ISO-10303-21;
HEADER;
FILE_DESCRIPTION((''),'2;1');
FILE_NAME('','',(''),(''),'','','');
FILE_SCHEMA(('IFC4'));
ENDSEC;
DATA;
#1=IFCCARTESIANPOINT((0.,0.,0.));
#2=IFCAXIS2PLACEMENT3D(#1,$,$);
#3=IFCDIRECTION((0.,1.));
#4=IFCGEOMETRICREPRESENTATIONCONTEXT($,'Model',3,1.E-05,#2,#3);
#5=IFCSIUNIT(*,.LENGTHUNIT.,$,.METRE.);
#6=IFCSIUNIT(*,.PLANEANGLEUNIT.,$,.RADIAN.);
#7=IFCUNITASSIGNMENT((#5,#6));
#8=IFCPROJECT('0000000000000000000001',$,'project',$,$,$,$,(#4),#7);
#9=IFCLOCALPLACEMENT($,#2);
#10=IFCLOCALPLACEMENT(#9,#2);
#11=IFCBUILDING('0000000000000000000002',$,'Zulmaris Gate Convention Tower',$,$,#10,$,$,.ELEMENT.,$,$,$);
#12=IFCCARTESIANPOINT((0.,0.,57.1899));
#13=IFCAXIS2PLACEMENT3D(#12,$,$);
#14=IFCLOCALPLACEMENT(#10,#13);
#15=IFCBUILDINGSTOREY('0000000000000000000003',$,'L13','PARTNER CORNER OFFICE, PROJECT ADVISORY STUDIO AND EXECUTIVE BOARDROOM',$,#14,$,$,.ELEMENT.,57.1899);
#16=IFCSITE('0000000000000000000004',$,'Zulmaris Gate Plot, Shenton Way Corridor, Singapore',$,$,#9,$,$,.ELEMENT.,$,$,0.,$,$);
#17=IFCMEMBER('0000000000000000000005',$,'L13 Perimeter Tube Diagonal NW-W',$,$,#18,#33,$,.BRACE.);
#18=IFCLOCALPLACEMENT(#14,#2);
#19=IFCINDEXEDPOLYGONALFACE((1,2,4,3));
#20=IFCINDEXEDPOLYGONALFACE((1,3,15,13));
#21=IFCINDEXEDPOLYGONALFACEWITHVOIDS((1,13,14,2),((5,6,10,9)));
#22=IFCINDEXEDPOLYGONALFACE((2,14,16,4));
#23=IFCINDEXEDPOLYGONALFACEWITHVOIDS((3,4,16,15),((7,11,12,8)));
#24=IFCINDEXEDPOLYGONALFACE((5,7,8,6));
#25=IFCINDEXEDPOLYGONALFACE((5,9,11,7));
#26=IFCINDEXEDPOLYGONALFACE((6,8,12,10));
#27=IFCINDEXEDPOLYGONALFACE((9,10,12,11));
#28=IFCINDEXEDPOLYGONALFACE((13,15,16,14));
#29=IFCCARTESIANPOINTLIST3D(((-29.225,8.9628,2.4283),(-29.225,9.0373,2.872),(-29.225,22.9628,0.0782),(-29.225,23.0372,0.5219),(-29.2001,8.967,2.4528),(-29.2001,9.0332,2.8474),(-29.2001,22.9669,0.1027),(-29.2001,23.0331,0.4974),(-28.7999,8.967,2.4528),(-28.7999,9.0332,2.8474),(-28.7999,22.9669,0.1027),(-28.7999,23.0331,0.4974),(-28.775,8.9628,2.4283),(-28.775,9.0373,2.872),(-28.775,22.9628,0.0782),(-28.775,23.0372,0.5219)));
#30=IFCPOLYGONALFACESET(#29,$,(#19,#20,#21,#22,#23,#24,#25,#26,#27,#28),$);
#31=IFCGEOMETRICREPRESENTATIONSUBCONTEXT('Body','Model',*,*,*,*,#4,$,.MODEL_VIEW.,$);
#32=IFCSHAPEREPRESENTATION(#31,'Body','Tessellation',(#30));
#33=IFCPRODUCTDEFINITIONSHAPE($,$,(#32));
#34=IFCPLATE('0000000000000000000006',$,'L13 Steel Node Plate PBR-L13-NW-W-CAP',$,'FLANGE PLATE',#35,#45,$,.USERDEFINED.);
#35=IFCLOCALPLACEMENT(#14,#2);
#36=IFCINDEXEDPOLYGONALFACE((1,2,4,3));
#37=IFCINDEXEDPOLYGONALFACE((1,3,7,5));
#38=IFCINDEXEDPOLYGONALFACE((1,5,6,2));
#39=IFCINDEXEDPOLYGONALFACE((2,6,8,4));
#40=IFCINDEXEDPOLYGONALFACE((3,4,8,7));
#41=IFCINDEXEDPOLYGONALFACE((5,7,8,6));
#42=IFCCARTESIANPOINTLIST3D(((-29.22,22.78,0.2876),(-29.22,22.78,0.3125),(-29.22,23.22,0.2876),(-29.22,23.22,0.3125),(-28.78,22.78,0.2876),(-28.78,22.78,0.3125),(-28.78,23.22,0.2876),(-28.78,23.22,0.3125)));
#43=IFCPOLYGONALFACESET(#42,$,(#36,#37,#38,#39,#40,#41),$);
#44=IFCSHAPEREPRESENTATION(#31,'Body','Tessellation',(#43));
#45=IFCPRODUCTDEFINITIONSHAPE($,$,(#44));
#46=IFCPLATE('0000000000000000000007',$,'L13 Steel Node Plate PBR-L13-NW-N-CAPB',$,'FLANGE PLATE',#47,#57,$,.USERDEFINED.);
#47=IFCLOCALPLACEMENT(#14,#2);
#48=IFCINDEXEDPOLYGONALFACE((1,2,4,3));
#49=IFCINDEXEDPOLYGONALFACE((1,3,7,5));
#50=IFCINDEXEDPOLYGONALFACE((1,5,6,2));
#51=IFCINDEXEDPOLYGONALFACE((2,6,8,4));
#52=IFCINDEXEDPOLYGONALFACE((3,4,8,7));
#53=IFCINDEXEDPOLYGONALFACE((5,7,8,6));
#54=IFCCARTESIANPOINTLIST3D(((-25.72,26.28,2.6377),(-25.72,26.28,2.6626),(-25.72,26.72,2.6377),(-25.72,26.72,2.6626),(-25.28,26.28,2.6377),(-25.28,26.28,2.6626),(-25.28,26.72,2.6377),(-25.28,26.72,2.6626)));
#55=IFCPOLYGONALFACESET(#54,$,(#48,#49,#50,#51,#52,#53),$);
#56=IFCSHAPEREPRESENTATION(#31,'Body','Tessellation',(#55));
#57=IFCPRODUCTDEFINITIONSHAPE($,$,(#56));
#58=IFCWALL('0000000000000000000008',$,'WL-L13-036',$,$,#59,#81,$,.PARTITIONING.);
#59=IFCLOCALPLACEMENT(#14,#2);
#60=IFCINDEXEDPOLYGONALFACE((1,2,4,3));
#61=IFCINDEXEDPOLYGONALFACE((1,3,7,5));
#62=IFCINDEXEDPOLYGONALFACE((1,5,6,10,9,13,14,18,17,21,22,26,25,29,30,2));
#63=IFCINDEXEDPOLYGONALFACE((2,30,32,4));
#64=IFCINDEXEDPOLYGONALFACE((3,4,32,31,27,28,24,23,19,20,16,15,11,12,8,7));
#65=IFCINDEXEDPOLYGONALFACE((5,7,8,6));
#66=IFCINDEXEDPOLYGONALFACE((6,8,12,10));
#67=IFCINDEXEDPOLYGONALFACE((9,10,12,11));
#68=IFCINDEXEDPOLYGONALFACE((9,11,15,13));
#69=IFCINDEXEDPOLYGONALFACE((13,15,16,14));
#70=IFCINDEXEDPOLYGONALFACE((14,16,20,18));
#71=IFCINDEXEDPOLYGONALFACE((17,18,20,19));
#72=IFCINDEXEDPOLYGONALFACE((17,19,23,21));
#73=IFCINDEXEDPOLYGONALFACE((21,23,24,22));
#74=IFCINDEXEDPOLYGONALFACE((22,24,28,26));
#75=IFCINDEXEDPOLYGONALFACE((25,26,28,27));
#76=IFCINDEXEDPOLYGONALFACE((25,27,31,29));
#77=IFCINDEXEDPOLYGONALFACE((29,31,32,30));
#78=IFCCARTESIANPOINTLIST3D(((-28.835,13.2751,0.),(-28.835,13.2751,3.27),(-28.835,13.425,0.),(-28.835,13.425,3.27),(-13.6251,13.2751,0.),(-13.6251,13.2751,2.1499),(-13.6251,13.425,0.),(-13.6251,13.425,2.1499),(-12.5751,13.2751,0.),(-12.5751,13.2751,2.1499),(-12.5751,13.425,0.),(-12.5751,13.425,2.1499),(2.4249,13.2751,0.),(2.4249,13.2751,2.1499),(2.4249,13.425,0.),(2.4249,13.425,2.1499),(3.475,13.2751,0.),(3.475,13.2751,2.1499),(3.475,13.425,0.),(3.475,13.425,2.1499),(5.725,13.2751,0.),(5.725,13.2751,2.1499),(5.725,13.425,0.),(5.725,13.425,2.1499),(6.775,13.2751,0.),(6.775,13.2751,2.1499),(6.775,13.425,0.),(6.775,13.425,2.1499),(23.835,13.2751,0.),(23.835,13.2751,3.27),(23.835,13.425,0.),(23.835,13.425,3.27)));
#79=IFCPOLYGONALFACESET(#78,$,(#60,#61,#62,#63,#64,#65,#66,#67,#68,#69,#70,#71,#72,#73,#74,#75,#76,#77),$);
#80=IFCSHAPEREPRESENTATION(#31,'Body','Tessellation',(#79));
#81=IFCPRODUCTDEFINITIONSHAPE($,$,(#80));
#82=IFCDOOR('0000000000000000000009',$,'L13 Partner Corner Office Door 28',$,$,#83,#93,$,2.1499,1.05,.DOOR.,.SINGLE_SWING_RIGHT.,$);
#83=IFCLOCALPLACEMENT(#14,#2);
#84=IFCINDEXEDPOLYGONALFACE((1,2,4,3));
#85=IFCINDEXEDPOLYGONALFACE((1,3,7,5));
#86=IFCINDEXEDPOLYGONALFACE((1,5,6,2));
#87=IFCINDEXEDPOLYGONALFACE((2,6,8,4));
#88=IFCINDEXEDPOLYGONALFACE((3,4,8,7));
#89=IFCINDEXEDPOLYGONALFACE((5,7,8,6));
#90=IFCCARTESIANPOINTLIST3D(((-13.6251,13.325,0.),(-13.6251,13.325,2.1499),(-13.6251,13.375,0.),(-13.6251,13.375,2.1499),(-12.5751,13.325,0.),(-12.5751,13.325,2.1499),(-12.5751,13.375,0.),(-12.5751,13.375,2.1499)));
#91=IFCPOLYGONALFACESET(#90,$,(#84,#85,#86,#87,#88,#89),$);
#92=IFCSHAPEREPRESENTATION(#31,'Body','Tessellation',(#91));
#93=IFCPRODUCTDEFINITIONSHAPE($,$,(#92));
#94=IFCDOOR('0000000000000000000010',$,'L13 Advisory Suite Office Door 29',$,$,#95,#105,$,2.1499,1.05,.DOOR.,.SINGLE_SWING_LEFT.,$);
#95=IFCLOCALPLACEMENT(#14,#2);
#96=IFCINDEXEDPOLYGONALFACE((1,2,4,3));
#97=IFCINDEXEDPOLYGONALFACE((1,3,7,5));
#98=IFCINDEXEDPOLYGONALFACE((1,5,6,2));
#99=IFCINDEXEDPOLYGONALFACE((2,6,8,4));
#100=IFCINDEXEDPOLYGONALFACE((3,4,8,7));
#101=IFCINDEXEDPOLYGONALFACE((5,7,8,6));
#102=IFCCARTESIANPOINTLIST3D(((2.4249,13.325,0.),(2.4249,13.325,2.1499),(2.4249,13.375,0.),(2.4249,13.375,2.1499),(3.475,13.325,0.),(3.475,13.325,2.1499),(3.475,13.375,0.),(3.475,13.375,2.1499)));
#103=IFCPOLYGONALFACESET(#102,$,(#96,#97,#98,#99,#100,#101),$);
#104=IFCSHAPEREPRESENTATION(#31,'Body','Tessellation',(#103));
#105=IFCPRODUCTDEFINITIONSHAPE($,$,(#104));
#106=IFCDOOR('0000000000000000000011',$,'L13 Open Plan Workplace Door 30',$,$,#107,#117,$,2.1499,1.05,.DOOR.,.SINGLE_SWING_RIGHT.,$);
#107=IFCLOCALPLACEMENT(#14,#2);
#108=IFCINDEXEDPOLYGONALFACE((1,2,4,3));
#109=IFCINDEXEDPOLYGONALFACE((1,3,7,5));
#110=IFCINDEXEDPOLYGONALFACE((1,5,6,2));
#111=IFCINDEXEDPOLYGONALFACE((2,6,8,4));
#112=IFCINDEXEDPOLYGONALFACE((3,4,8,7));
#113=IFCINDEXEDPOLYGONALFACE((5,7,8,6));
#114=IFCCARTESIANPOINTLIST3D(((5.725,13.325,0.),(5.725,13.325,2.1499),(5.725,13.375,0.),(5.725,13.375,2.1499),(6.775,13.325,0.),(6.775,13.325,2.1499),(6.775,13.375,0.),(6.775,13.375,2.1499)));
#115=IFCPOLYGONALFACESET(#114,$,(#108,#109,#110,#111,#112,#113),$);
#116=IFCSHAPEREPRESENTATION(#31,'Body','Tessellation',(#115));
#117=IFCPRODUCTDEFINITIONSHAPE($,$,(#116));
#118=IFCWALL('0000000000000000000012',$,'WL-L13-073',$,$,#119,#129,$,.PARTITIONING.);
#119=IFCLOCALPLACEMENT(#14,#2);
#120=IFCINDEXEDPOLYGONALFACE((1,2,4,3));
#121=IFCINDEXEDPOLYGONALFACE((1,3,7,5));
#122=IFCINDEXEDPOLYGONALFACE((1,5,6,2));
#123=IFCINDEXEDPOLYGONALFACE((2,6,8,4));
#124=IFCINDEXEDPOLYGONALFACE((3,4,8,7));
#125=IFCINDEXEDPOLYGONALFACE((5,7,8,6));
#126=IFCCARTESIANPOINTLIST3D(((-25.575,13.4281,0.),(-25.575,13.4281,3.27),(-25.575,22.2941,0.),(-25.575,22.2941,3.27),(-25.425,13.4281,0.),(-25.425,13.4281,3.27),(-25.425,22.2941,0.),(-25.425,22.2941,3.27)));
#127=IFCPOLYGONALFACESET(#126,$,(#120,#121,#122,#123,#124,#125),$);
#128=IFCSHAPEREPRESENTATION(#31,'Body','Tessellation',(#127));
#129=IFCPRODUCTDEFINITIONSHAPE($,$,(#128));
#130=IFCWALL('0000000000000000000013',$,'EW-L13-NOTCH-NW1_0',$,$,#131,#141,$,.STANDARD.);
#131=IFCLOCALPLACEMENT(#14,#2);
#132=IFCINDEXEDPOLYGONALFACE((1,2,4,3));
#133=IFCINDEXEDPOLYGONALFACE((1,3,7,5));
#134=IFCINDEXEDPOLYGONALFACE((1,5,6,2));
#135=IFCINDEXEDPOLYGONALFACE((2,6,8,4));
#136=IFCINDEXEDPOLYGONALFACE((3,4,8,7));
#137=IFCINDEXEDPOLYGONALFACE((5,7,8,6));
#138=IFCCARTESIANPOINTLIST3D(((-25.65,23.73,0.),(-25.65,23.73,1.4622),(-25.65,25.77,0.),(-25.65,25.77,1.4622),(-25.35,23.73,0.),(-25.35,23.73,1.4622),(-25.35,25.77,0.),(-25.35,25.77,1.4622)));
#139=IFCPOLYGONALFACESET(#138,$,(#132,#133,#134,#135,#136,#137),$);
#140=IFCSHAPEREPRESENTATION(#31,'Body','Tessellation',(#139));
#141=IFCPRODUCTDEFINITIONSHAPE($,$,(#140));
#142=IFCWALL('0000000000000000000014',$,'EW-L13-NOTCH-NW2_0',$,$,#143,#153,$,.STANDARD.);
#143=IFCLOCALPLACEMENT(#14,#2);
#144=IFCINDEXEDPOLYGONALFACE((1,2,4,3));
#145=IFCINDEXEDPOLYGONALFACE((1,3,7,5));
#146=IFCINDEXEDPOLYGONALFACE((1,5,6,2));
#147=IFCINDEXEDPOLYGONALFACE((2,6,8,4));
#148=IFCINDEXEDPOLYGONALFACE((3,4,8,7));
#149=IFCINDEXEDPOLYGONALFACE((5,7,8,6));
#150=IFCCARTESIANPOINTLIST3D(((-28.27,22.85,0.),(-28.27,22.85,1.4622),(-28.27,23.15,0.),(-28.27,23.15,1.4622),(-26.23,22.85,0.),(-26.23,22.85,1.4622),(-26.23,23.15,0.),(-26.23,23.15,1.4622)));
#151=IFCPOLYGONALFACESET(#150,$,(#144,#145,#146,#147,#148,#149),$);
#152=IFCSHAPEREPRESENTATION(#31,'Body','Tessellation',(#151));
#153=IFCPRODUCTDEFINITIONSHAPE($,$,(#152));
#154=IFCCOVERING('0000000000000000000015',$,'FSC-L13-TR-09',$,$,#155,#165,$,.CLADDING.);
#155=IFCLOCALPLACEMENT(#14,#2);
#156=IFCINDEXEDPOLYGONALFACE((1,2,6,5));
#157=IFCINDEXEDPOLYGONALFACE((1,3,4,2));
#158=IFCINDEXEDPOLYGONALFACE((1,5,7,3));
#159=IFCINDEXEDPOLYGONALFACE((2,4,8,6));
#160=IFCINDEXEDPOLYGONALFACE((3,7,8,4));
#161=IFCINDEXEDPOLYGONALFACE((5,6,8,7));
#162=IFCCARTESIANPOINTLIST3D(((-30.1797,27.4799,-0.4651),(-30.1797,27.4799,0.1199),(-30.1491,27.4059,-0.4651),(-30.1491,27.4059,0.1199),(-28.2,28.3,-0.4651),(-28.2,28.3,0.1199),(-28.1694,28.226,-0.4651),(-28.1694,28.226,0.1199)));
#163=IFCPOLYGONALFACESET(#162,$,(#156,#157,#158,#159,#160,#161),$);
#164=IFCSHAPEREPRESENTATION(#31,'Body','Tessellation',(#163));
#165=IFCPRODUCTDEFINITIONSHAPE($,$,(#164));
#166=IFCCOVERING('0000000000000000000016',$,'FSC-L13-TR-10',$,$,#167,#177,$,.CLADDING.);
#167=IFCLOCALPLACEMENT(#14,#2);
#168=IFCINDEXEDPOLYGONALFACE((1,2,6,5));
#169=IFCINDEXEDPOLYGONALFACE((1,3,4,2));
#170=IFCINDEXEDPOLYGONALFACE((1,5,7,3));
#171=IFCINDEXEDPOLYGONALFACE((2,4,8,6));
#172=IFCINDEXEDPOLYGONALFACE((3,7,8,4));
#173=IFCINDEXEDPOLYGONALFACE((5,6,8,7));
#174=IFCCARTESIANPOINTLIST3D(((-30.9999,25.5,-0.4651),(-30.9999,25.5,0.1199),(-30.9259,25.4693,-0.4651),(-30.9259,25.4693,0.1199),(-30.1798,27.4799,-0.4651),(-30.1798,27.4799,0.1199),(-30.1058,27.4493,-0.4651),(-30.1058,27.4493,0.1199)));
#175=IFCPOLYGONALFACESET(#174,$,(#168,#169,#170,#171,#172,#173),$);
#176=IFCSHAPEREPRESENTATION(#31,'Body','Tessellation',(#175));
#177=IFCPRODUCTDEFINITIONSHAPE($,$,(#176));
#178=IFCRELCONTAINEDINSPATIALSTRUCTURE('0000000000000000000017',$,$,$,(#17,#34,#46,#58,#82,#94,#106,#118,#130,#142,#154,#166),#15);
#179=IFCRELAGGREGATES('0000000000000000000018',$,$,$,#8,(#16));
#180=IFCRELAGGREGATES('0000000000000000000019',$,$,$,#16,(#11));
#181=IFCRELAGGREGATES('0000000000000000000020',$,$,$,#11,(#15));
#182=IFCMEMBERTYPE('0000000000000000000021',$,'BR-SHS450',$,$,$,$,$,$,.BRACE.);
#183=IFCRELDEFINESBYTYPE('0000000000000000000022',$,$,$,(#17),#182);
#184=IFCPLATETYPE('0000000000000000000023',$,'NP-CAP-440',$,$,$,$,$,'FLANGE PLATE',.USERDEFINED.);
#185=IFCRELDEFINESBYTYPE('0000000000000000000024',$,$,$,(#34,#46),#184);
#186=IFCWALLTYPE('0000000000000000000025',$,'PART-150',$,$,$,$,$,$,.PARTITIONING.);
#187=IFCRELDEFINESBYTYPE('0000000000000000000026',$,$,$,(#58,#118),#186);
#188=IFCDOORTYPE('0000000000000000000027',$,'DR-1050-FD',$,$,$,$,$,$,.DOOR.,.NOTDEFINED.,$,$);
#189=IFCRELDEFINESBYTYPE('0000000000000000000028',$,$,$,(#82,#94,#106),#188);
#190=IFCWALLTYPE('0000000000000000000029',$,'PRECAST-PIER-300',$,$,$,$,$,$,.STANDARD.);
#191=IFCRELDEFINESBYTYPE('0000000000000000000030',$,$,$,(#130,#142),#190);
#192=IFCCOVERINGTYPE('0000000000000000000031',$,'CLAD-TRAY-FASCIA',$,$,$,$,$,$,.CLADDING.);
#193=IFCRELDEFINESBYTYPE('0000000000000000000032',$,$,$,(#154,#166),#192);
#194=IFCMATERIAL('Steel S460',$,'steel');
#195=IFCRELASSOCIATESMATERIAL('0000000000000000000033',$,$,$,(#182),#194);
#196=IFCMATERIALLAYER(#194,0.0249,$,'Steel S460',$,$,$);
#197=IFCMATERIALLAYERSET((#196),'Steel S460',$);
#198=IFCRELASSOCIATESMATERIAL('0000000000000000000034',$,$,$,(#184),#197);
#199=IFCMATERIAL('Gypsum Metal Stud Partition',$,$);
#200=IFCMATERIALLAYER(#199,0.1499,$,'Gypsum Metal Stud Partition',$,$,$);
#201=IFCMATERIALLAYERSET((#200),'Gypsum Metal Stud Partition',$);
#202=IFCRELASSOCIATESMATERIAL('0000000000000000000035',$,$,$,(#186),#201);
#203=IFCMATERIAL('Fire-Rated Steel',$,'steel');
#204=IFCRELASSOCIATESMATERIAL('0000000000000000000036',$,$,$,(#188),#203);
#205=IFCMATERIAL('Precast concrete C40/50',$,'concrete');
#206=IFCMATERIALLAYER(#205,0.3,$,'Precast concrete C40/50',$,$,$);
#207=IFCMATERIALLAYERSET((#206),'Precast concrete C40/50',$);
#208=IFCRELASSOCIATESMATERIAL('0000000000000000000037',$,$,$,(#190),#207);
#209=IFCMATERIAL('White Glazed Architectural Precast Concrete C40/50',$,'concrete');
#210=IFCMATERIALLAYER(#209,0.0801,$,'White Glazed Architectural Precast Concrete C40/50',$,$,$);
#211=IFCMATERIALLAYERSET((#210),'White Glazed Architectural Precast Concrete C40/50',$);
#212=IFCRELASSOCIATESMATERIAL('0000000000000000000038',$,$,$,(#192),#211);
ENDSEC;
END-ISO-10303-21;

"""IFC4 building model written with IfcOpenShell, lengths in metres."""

from ifc_helpers import new_model, si_unit, direction, frame, frame_2d, origin, origin_2d, place, context, subcontext, project, spatial, rectangle, hollow_rectangle, extrude, material, layer, layer_set, material_profile, profile_set, type_object, element, fill, save


model = new_model("IFC4")

# Units and contexts
model_context = context("Model", 3, precision=1e-05, world=origin(), true_north=direction((0.0, 1.0)))
body_context = subcontext(model_context, "Body", "Model", "MODEL_VIEW")
ifc_project = project(units=[si_unit("LENGTHUNIT", "METRE"), si_unit("PLANEANGLEUNIT", "RADIAN")], contexts=[model_context])

# Site, building, storey
site_placement = place(None, origin())
site = spatial("IfcSite", under=ifc_project, at=site_placement, Name="Zulmaris Gate Plot, Shenton Way Corridor, Singapore", CompositionType="ELEMENT", RefElevation=0.0)
building_placement = place(site_placement, origin())
building = spatial("IfcBuilding", under=site, at=building_placement, Name="Zulmaris Gate Convention Tower", CompositionType="ELEMENT")
storey_placement = place(building_placement, frame((0.0, 0.0, 57.1899)))
storey = spatial("IfcBuildingStorey", under=building, at=storey_placement, Name="L13", Description="PARTNER CORNER OFFICE, PROJECT ADVISORY STUDIO AND EXECUTIVE BOARDROOM", CompositionType="ELEMENT", Elevation=57.1899)

# Member
ifc_material_1 = material(Name="Steel S460", Category="steel")
ifc_material_profile_1 = material_profile(ifc_material_1, hollow_rectangle(XDim=0.45, YDim=0.45, WallThickness=0.0249, at=origin_2d()), Name="SHS 450x450x25")
ifc_profile_set_1 = profile_set([ifc_material_profile_1], Name="Steel S460")
member_type = type_object("IfcMemberType", Name="BR-SHS450", PredefinedType="BRACE", material=ifc_profile_set_1)
member_placement = place(storey_placement, frame((-29.0, 23.0, 0.3), z_axis=(0.0, -0.986202, 0.165548), x_axis=(1.0, 0.0, 0.0)))
element("IfcMember", 1, at=member_placement, inside=storey, type_object=member_type, Name="L13 Perimeter Tube Diagonal NW-W", PredefinedType="BRACE", context=body_context, shape_type="SweptSolid", body=[
    extrude(hollow_rectangle(XDim=0.45, YDim=0.45, WallThickness=0.0249, at=origin_2d()), origin(), (0.0, 0.0, 1.0), 14.1958),
])

# Plates
ifc_layer_1 = layer(ifc_material_1, 0.0249, Name="Steel S460")
ifc_layer_set_1 = layer_set([ifc_layer_1], Name="Steel S460")
plate_type = type_object("IfcPlateType", Name="NP-CAP-440", ElementType="FLANGE PLATE", PredefinedType="USERDEFINED", material=ifc_layer_set_1)
for number, where, z_axis, x_axis, name in (
    (2, (-29.0, 23.0, 0.2876), (0.0, 0.0, 1.0), (1.0, 0.0, 0.0), "L13 Steel Node Plate PBR-L13-NW-W-CAP"),
    (3, (-25.5, 26.5, 2.6377), (0.0, 0.0, 1.0), (1.0, 0.0, 0.0), "L13 Steel Node Plate PBR-L13-NW-N-CAPB"),
):
    element("IfcPlate", number, at=place(storey_placement, frame(where, z_axis=z_axis, x_axis=x_axis)), inside=storey, type_object=plate_type, Name=name, ObjectType="FLANGE PLATE", PredefinedType="USERDEFINED", context=body_context, shape_type="SweptSolid", body=[
        extrude(rectangle(XDim=0.4399, YDim=0.4399, at=origin_2d()), origin(), (0.0, 0.0, 1.0), 0.0249),
    ])

# Shared definitions
ifc_material_2 = material(Name="Fire-Rated Steel", Category="steel")

# Wall, openings, doors
ifc_material_3 = material(Name="Gypsum Metal Stud Partition")
ifc_layer_2 = layer(ifc_material_3, 0.1499, Name="Gypsum Metal Stud Partition")
ifc_layer_set_2 = layer_set([ifc_layer_2], Name="Gypsum Metal Stud Partition")
wall_type_1 = type_object("IfcWallType", Name="PART-150", PredefinedType="PARTITIONING", material=ifc_layer_set_2)
wall_1_placement = place(storey_placement, frame((-28.835, 13.3501, 0.0), z_axis=(0.0, 0.0, 1.0), x_axis=(1.0, 0.0, 0.0)))
wall_1 = element("IfcWall", 4, at=wall_1_placement, inside=storey, type_object=wall_type_1, Name="WL-L13-036", PredefinedType="PARTITIONING", context=body_context, shape_type="SweptSolid", body=[
    extrude(rectangle(XDim=52.6699, YDim=0.1499, at=frame_2d((26.335, 0.0))), origin(), (0.0, 0.0, 1.0), 3.27),
])
opening_1_placement = place(wall_1_placement, frame((15.21, 0.0, 0.0)))
opening_1 = element("IfcOpeningElement", 5, at=opening_1_placement, cuts=wall_1, PredefinedType="OPENING", context=body_context, shape_type="SweptSolid", body=[
    extrude(rectangle(XDim=1.05, YDim=2.1499, at=frame_2d((0.5249, 1.075))), frame((0.0, 0.085, 0.0), z_axis=(0.0, -1.0, 0.0), x_axis=(1.0, 0.0, 0.0)), (0.0, 0.0, 1.0), 0.1699),
])
opening_2_placement = place(wall_1_placement, frame((31.26, 0.0, 0.0)))
opening_2 = element("IfcOpeningElement", 6, at=opening_2_placement, cuts=wall_1, PredefinedType="OPENING", context=body_context, shape_type="SweptSolid", body=[
    extrude(rectangle(XDim=1.05, YDim=2.1499, at=frame_2d((0.5249, 1.075))), frame((0.0, 0.085, 0.0), z_axis=(0.0, -1.0, 0.0), x_axis=(1.0, 0.0, 0.0)), (0.0, 0.0, 1.0), 0.1699),
])
opening_3_placement = place(wall_1_placement, frame((34.5601, 0.0, 0.0)))
opening_3 = element("IfcOpeningElement", 7, at=opening_3_placement, cuts=wall_1, PredefinedType="OPENING", context=body_context, shape_type="SweptSolid", body=[
    extrude(rectangle(XDim=1.05, YDim=2.1499, at=frame_2d((0.5249, 1.075))), frame((0.0, 0.085, 0.0), z_axis=(0.0, -1.0, 0.0), x_axis=(1.0, 0.0, 0.0)), (0.0, 0.0, 1.0), 0.1699),
])
door_type_1 = type_object("IfcDoorType", Name="DR-1050-FD", OperationType="NOTDEFINED", PredefinedType="DOOR", material=ifc_material_2)
door_1_placement = place(opening_1_placement, origin())
door_1 = element("IfcDoor", 8, at=door_1_placement, inside=storey, type_object=door_type_1, Name="L13 Partner Corner Office Door 28", OperationType="SINGLE_SWING_RIGHT", OverallHeight=2.1499, OverallWidth=1.05, PredefinedType="DOOR", context=body_context, shape_type="SweptSolid", body=[
    extrude(rectangle(XDim=1.05, YDim=2.1499, at=frame_2d((0.5249, 1.075))), frame((0.0, 0.0249, 0.0), z_axis=(0.0, -1.0, 0.0), x_axis=(1.0, 0.0, 0.0)), (0.0, 0.0, 1.0), 0.05),
])
fill(opening_1, door_1)
door_2_placement = place(opening_2_placement, origin())
door_2 = element("IfcDoor", 9, at=door_2_placement, inside=storey, type_object=door_type_1, Name="L13 Advisory Suite Office Door 29", OperationType="SINGLE_SWING_LEFT", OverallHeight=2.1499, OverallWidth=1.05, PredefinedType="DOOR", context=body_context, shape_type="SweptSolid", body=[
    extrude(rectangle(XDim=1.05, YDim=2.1499, at=frame_2d((0.5249, 1.075))), frame((0.0, 0.0249, 0.0), z_axis=(0.0, -1.0, 0.0), x_axis=(1.0, 0.0, 0.0)), (0.0, 0.0, 1.0), 0.05),
])
fill(opening_2, door_2)
door_3_placement = place(opening_3_placement, origin())
door_3 = element("IfcDoor", 10, at=door_3_placement, inside=storey, type_object=door_type_1, Name="L13 Open Plan Workplace Door 30", OperationType="SINGLE_SWING_RIGHT", OverallHeight=2.1499, OverallWidth=1.05, PredefinedType="DOOR", context=body_context, shape_type="SweptSolid", body=[
    extrude(rectangle(XDim=1.05, YDim=2.1499, at=frame_2d((0.5249, 1.075))), frame((0.0, 0.0249, 0.0), z_axis=(0.0, -1.0, 0.0), x_axis=(1.0, 0.0, 0.0)), (0.0, 0.0, 1.0), 0.05),
])
fill(opening_3, door_3)

# Wall
wall_2_placement = place(storey_placement, frame((-25.5, 13.428, 0.0), z_axis=(0.0, 0.0, 1.0), x_axis=(0.0, 1.0, 0.0)))
element("IfcWall", 11, at=wall_2_placement, inside=storey, type_object=wall_type_1, Name="WL-L13-073", PredefinedType="PARTITIONING", context=body_context, shape_type="SweptSolid", body=[
    extrude(rectangle(XDim=8.866, YDim=0.1499, at=frame_2d((4.4331, 0.0))), origin(), (0.0, 0.0, 1.0), 3.27),
])

# Walls
ifc_material_4 = material(Name="Precast concrete C40/50", Category="concrete")
ifc_layer_3 = layer(ifc_material_4, 0.3, Name="Precast concrete C40/50")
ifc_layer_set_3 = layer_set([ifc_layer_3], Name="Precast concrete C40/50")
wall_type_2 = type_object("IfcWallType", Name="PRECAST-PIER-300", PredefinedType="STANDARD", material=ifc_layer_set_3)
for number, where, z_axis, x_axis, name in (
    (12, (-25.5, 25.77, 0.0), (0.0, 0.0, 1.0), (0.0, -1.0, 0.0), "EW-L13-NOTCH-NW1_0"),
    (13, (-26.23, 23.0, 0.0), (0.0, 0.0, 1.0), (-1.0, 0.0, 0.0), "EW-L13-NOTCH-NW2_0"),
):
    element("IfcWall", number, at=place(storey_placement, frame(where, z_axis=z_axis, x_axis=x_axis)), inside=storey, type_object=wall_type_2, Name=name, PredefinedType="STANDARD", context=body_context, shape_type="SweptSolid", body=[
        extrude(rectangle(XDim=2.04, YDim=0.3, at=frame_2d((1.02, 0.0))), origin(), (0.0, 0.0, 1.0), 1.4622),
    ])

# Coverings
ifc_material_5 = material(Name="White Glazed Architectural Precast Concrete C40/50", Category="concrete")
ifc_layer_4 = layer(ifc_material_5, 0.0801, Name="White Glazed Architectural Precast Concrete C40/50")
ifc_layer_set_4 = layer_set([ifc_layer_4], Name="White Glazed Architectural Precast Concrete C40/50")
covering_type = type_object("IfcCoveringType", Name="CLAD-TRAY-FASCIA", PredefinedType="CLADDING", material=ifc_layer_set_4)
covering_1_placement = place(storey_placement, frame((-28.1848, 28.2629, -0.4651), z_axis=(0.0, 0.0, 1.0), x_axis=(-0.923874, -0.382697, 0.0)))
element("IfcCovering", 14, at=covering_1_placement, inside=storey, type_object=covering_type, Name="FSC-L13-TR-09", PredefinedType="CLADDING", context=body_context, shape_type="SweptSolid", body=[
    extrude(rectangle(XDim=2.1428, YDim=0.0801, at=frame_2d((1.0713, 0.0))), origin(), (0.0, 0.0, 1.0), 0.585),
])
covering_2_placement = place(storey_placement, frame((-30.1428, 27.4646, -0.4651), z_axis=(0.0, 0.0, 1.0), x_axis=(-0.382657, -0.92389, 0.0)))
element("IfcCovering", 15, at=covering_2_placement, inside=storey, type_object=covering_type, Name="FSC-L13-TR-10", PredefinedType="CLADDING", context=body_context, shape_type="SweptSolid", body=[
    extrude(rectangle(XDim=2.1431, YDim=0.0801, at=frame_2d((1.0715, 0.0))), origin(), (0.0, 0.0, 1.0), 0.585),
])

save(model, "model.ifc")
